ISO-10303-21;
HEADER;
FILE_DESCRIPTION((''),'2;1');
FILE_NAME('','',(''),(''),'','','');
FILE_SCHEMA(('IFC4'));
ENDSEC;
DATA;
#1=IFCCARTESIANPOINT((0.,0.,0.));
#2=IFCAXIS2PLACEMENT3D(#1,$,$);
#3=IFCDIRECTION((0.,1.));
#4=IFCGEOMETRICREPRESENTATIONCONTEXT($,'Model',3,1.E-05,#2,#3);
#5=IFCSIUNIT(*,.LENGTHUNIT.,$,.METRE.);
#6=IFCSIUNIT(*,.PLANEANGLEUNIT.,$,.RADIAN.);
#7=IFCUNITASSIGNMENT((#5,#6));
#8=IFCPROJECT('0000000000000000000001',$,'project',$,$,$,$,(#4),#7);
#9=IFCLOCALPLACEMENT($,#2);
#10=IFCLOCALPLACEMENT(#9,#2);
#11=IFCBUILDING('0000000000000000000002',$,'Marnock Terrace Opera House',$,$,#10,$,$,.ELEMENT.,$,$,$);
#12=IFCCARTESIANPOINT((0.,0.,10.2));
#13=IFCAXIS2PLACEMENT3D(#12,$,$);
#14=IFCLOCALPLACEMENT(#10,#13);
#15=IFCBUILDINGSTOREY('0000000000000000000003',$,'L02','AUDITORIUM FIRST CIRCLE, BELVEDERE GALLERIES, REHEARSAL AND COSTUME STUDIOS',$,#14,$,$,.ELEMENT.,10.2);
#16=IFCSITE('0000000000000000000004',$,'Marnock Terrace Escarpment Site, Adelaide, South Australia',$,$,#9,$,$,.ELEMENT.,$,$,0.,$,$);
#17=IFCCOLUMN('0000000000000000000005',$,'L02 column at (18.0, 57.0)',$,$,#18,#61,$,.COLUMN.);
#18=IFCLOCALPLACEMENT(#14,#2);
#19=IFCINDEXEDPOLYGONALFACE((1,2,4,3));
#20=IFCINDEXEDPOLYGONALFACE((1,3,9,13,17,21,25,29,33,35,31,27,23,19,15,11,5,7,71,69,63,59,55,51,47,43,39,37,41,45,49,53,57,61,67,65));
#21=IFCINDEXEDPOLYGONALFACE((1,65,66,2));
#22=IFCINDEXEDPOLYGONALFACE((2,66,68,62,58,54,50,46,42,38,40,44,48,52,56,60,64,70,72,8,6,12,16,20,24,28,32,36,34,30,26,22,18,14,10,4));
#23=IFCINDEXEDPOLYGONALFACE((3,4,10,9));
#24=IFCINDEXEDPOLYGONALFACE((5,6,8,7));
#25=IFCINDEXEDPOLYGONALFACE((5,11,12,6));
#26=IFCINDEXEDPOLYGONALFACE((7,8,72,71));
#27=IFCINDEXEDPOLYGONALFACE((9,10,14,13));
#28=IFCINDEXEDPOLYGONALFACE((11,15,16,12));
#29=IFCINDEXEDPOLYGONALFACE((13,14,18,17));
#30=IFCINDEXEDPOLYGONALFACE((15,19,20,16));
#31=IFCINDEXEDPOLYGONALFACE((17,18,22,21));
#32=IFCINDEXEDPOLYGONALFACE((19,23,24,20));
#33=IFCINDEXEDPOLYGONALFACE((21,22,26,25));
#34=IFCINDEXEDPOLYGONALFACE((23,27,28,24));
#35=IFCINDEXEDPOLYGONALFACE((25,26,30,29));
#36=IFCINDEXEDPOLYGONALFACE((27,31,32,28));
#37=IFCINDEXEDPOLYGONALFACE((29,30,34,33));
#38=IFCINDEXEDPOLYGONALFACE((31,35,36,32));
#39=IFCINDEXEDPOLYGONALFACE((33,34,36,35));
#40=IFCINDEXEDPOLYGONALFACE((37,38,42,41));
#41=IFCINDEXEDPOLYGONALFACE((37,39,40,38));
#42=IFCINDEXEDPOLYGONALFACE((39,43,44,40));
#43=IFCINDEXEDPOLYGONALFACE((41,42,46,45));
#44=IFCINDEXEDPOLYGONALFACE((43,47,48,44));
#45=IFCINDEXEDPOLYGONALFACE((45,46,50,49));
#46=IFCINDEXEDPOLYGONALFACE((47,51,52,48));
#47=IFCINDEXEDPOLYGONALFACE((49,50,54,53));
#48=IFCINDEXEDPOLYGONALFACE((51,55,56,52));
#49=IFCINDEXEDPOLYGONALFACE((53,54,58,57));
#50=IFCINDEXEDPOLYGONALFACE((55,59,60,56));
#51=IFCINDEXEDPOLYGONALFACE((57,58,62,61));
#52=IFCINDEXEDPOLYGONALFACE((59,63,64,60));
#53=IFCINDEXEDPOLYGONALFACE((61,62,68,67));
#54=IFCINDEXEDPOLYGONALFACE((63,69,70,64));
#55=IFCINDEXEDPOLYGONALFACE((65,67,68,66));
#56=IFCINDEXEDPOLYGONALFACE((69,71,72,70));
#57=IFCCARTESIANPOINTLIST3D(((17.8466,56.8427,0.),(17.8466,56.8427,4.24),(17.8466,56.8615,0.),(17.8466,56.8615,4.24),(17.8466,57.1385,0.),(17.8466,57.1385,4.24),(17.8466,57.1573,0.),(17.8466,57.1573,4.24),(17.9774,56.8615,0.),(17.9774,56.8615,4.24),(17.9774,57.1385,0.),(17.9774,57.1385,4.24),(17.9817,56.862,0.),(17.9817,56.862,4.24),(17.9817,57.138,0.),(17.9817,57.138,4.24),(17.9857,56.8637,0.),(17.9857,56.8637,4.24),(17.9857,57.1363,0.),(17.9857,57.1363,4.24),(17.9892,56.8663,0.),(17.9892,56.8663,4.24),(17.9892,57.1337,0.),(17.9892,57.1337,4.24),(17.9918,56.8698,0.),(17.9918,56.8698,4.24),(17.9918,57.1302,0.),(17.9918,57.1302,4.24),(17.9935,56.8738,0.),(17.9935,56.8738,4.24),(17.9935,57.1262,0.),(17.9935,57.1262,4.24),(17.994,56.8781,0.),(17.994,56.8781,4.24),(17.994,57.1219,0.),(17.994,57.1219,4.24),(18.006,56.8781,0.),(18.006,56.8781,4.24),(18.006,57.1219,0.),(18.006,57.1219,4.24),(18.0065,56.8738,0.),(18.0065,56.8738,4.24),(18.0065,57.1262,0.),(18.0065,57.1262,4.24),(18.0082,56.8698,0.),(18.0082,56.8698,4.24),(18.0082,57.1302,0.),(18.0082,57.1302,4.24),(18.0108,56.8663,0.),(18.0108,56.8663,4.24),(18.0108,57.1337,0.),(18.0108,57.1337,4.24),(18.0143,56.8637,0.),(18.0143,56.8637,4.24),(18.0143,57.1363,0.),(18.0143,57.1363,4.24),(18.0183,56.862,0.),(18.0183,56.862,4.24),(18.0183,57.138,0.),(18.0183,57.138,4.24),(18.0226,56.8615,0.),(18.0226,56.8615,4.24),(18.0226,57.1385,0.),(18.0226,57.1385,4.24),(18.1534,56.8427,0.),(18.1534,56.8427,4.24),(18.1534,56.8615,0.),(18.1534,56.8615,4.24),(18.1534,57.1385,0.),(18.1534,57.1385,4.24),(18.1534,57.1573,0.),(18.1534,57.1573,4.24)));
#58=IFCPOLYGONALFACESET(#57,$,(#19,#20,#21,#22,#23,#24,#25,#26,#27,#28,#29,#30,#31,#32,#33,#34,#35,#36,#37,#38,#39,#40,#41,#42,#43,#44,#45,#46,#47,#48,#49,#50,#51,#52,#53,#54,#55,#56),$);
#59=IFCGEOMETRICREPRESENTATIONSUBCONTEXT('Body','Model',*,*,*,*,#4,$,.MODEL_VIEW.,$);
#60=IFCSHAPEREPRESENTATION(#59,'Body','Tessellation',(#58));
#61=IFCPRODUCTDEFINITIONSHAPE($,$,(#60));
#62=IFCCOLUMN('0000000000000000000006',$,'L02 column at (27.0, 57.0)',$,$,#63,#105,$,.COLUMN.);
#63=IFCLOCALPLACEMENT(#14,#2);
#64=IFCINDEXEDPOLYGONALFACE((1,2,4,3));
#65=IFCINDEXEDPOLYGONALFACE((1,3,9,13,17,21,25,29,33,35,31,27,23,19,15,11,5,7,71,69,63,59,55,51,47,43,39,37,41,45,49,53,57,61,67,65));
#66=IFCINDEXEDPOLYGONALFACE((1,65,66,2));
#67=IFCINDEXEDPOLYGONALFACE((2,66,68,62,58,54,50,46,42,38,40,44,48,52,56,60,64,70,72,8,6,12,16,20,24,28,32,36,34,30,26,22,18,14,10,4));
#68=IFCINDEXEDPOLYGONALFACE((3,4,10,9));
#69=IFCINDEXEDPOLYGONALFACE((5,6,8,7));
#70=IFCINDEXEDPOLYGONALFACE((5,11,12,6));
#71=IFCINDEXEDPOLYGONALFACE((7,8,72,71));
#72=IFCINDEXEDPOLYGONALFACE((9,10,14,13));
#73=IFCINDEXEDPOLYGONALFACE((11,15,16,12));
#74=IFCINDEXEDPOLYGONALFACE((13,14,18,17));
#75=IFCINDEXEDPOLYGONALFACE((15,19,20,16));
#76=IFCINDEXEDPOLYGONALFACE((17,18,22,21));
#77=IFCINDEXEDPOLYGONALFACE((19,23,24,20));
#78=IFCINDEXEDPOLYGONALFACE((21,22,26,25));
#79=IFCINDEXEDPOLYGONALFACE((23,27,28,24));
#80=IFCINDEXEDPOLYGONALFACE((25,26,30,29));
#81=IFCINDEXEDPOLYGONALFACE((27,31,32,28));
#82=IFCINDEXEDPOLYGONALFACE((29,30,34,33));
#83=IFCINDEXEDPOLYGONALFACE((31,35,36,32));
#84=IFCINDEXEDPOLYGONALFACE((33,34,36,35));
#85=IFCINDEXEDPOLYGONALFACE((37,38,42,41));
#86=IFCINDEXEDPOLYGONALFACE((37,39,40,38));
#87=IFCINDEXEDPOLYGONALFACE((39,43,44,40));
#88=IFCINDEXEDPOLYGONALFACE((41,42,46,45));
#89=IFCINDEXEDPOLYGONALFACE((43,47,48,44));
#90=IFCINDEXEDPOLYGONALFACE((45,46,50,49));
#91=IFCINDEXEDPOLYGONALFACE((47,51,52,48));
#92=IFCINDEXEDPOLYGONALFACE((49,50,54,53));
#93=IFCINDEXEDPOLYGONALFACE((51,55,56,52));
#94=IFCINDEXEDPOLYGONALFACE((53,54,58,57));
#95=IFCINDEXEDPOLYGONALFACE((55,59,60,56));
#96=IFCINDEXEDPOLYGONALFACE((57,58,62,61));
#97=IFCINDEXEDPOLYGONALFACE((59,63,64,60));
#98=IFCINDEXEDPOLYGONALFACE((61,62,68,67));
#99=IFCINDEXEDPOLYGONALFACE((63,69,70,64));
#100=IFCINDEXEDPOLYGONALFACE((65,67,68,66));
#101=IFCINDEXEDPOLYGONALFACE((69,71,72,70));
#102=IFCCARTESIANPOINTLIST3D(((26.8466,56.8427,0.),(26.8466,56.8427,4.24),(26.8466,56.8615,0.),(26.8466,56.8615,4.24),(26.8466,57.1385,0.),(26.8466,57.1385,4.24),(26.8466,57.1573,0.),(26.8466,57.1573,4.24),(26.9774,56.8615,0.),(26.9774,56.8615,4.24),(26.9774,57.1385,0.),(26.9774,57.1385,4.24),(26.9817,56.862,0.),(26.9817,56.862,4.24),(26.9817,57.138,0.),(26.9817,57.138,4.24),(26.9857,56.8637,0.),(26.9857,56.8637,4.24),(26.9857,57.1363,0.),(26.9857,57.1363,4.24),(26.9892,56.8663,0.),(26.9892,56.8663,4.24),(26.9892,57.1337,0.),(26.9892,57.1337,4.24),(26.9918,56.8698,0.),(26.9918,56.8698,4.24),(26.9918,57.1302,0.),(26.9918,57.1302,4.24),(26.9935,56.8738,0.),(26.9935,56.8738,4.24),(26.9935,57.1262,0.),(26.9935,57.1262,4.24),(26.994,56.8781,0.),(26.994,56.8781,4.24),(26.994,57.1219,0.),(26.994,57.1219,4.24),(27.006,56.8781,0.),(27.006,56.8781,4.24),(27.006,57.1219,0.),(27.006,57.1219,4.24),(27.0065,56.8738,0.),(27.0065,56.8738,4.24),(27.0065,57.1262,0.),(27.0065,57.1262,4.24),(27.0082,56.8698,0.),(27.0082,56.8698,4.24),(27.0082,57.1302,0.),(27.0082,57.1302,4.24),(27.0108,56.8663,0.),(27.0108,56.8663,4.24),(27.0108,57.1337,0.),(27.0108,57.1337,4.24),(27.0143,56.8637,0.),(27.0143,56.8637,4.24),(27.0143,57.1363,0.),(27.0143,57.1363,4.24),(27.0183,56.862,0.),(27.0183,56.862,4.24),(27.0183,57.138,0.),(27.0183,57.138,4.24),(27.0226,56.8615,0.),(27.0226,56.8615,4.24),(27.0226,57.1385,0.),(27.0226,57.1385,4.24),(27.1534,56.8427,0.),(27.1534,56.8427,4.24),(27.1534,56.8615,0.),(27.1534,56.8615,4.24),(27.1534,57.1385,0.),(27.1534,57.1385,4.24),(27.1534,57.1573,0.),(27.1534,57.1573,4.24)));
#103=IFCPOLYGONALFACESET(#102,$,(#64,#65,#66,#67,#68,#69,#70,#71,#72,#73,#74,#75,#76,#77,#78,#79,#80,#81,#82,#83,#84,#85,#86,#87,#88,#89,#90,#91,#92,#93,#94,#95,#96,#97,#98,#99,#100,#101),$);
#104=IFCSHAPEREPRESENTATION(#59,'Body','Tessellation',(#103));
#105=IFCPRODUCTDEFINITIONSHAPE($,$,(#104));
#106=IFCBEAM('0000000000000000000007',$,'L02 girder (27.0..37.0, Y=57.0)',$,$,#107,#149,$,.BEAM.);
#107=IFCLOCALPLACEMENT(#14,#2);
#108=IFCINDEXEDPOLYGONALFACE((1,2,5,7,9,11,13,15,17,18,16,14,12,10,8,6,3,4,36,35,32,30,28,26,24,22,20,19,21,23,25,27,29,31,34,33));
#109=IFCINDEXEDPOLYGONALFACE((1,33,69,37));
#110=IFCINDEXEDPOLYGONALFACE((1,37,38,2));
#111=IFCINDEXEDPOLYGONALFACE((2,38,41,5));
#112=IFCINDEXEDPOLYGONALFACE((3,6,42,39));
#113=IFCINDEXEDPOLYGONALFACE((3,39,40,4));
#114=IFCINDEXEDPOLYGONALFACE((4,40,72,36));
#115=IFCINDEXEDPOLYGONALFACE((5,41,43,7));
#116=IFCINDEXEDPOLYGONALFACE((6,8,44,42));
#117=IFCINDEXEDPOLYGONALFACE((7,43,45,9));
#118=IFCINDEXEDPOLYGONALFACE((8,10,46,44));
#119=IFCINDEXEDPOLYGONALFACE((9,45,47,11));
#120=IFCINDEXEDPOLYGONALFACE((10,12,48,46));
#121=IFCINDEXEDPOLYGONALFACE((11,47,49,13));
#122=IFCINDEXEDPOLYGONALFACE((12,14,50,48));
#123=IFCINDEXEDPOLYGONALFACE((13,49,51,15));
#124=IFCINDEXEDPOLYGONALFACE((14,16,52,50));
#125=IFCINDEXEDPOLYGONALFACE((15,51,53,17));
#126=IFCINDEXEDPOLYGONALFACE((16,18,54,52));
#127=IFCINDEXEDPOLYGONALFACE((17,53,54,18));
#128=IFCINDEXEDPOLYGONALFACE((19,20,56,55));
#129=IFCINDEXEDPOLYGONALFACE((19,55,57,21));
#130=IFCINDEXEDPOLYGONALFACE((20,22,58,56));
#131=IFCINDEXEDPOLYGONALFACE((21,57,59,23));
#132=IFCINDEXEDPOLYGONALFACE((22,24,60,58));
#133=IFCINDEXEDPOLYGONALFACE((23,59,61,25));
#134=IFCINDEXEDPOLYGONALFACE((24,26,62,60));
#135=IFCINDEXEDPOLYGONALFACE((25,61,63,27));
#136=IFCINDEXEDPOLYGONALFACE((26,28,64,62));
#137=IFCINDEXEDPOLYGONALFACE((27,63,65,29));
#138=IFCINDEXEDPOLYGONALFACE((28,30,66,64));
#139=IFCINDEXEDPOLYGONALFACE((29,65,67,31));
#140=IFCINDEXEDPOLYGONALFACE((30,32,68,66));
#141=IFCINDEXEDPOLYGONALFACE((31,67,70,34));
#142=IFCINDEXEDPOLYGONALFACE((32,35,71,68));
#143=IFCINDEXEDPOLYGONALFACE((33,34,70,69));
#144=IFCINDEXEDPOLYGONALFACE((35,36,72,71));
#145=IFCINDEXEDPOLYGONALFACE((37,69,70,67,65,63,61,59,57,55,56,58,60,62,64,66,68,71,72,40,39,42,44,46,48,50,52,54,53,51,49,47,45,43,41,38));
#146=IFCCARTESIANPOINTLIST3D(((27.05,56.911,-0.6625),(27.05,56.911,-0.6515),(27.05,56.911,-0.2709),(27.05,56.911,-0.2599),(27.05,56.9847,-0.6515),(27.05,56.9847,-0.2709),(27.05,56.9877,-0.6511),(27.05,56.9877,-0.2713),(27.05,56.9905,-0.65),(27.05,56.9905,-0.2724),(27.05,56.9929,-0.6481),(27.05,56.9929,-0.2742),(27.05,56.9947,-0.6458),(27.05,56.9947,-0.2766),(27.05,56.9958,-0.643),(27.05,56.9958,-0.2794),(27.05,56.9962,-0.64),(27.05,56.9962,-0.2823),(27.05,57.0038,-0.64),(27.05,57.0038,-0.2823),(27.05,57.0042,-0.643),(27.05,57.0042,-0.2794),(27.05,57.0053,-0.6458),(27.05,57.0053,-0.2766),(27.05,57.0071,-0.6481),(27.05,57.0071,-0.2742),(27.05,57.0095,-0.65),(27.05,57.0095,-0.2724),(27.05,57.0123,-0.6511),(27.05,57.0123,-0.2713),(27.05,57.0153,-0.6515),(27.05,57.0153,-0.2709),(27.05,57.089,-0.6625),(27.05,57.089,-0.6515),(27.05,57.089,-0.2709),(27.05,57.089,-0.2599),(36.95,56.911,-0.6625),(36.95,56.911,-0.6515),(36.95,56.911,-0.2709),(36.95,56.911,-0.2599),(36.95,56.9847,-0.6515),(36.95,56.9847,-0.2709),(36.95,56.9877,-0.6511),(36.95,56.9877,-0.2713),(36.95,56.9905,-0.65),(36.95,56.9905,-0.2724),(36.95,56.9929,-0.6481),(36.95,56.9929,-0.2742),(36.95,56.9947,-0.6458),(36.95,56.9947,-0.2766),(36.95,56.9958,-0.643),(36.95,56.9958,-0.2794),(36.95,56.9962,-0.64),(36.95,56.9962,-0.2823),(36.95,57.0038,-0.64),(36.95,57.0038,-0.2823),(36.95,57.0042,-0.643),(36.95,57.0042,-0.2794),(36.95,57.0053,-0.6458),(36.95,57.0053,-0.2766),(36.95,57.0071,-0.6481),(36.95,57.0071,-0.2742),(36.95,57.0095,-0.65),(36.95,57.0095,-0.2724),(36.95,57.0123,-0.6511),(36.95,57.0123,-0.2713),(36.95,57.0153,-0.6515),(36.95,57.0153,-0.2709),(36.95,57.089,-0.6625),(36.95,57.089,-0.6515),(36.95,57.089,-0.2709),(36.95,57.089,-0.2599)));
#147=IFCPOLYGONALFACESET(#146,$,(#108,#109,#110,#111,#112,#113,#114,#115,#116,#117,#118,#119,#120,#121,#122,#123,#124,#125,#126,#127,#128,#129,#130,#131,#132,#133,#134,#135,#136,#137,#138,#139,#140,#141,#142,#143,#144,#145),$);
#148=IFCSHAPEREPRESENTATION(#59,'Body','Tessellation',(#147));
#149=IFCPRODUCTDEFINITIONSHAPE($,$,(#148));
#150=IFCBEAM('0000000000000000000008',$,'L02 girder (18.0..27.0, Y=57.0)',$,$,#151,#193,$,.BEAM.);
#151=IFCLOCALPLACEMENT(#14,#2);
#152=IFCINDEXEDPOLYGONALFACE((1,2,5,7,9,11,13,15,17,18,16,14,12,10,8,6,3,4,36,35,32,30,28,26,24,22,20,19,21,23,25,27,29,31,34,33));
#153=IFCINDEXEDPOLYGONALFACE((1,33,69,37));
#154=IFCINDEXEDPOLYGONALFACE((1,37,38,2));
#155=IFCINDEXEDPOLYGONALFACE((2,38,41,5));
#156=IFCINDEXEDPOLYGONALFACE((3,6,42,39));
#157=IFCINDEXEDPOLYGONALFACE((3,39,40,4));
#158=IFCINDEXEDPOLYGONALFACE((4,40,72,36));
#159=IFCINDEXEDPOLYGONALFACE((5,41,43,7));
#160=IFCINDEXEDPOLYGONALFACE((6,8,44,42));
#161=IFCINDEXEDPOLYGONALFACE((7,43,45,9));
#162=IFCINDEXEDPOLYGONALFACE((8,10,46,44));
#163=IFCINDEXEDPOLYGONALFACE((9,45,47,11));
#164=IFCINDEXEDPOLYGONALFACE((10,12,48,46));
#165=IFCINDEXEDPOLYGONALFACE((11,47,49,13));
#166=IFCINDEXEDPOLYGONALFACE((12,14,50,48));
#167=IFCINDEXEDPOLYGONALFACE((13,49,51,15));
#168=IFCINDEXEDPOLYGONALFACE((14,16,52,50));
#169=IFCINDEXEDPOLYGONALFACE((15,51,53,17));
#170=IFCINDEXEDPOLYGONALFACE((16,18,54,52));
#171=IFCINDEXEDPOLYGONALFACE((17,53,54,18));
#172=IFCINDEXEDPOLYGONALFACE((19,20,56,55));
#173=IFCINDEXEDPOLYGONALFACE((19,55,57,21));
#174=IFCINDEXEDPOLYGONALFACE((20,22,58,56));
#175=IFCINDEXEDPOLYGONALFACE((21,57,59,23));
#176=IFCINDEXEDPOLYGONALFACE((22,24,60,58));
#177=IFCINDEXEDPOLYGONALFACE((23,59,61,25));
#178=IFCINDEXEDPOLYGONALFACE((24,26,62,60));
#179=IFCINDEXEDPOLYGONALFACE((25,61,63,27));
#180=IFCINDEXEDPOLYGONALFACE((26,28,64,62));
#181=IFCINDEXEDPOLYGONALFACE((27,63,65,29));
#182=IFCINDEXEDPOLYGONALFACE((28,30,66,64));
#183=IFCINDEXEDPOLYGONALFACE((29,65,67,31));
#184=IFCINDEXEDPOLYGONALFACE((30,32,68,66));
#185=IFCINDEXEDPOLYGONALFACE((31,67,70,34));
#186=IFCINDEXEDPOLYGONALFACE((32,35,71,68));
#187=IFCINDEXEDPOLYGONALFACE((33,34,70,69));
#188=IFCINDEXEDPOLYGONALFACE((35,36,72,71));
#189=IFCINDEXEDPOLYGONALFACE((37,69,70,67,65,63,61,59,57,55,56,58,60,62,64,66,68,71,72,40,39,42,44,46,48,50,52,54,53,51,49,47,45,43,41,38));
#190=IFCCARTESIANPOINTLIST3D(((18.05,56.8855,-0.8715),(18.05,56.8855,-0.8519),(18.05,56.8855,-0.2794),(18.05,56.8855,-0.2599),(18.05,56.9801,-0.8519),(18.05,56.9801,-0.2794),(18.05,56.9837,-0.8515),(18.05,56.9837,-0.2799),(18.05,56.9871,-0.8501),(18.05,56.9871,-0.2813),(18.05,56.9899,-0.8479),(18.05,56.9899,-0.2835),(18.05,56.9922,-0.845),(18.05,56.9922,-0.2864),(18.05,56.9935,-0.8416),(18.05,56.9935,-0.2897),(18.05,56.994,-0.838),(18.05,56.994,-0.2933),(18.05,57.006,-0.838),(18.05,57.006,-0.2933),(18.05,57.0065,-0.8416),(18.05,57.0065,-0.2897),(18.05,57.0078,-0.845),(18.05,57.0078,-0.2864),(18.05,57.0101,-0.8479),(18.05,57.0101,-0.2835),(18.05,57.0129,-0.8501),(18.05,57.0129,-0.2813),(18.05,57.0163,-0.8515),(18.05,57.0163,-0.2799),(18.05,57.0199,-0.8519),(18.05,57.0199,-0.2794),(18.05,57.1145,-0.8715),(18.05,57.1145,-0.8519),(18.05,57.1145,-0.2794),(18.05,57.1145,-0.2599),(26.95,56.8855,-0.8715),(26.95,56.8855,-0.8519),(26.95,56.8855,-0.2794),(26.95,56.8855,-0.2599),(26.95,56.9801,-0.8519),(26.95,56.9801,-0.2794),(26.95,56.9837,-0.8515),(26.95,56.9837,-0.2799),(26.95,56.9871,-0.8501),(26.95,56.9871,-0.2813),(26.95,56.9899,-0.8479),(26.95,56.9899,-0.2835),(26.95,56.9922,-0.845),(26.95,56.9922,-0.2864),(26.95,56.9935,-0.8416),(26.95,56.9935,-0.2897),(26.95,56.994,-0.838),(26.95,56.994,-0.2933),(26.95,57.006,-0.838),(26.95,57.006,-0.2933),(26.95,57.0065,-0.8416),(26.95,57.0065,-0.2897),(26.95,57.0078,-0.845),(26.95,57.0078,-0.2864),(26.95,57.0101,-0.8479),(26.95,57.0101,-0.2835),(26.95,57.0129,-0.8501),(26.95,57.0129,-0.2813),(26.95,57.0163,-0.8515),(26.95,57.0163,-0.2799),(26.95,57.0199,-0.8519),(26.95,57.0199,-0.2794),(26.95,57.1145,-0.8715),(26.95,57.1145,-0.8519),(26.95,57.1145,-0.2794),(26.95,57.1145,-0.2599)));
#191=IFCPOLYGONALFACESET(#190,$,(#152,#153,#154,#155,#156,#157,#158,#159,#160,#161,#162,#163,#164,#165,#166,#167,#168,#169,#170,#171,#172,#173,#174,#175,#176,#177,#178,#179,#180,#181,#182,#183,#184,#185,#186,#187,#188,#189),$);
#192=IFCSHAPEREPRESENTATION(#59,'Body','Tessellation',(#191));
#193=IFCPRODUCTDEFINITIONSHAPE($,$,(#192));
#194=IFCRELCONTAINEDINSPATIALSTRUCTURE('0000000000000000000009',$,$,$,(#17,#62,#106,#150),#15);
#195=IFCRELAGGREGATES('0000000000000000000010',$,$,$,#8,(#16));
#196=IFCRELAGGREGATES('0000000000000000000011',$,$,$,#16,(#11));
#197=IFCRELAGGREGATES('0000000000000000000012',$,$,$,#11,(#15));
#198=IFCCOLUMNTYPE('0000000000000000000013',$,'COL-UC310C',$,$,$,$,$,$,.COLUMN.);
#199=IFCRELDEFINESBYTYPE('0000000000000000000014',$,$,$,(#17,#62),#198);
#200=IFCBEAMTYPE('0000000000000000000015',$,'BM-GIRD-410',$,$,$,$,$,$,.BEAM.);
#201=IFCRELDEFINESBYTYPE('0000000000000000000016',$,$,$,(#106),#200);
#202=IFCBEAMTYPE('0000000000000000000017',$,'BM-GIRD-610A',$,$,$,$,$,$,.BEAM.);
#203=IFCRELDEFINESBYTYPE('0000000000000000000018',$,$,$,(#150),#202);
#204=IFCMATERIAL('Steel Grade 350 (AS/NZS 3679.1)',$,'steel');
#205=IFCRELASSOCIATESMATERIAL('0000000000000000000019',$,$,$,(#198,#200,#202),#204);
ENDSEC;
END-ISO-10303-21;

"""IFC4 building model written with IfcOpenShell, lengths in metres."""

from ifc_helpers import new_model, si_unit, direction, frame, origin, origin_2d, place, context, subcontext, project, spatial, i_section, extrude, material, material_profile, profile_set, type_object, element, save


model = new_model("IFC4")

# Units and contexts
model_context = context("Model", 3, precision=1e-05, world=origin(), true_north=direction((0.0, 1.0)))
body_context = subcontext(model_context, "Body", "Model", "MODEL_VIEW")
ifc_project = project(units=[si_unit("LENGTHUNIT", "METRE"), si_unit("PLANEANGLEUNIT", "RADIAN")], contexts=[model_context])

# Site, building, storey
site_placement = place(None, origin())
site = spatial("IfcSite", under=ifc_project, at=site_placement, Name="Marnock Terrace Escarpment Site, Adelaide, South Australia", CompositionType="ELEMENT", RefElevation=0.0)
building_placement = place(site_placement, origin())
building = spatial("IfcBuilding", under=site, at=building_placement, Name="Marnock Terrace Opera House", CompositionType="ELEMENT")
storey_placement = place(building_placement, frame((0.0, 0.0, 10.2)))
storey = spatial("IfcBuildingStorey", under=building, at=storey_placement, Name="L02", Description="AUDITORIUM FIRST CIRCLE, BELVEDERE GALLERIES, REHEARSAL AND COSTUME STUDIOS", CompositionType="ELEMENT", Elevation=10.2)

# Columns
ifc_material_1 = material(Name="Steel Grade 350 (AS/NZS 3679.1)", Category="steel")
ifc_material_profile_1 = material_profile(ifc_material_1, i_section(OverallWidth=0.3069, OverallDepth=0.3147, WebThickness=0.012, FlangeThickness=0.0188, FilletRadius=0.0166, at=origin_2d()))
ifc_profile_set_1 = profile_set([ifc_material_profile_1], Name="Steel Grade 350 (AS/NZS 3679.1)")
column_type = type_object("IfcColumnType", Name="COL-UC310C", PredefinedType="COLUMN", material=ifc_profile_set_1)
for number, where, z_axis, x_axis, name in (
    (1, (18.0, 57.0, 0.0), (0.0, 0.0, 1.0), (1.0, 0.0, 0.0), "L02 column at (18.0, 57.0)"),
    (2, (27.0, 57.0, 0.0), (0.0, 0.0, 1.0), (1.0, 0.0, 0.0), "L02 column at (27.0, 57.0)"),
):
    element("IfcColumn", number, at=place(storey_placement, frame(where, z_axis=z_axis, x_axis=x_axis)), inside=storey, type_object=column_type, Name=name, PredefinedType="COLUMN", context=body_context, shape_type="SweptSolid", body=[
        extrude(i_section(OverallWidth=0.3069, OverallDepth=0.3147, WebThickness=0.012, FlangeThickness=0.0188, FilletRadius=0.0166, at=origin_2d()), origin(), (0.0, 0.0, 1.0), 4.24),
    ])

# Beams
ifc_material_profile_2 = material_profile(ifc_material_1, i_section(OverallWidth=0.178, OverallDepth=0.4026, WebThickness=0.0076, FlangeThickness=0.011, FilletRadius=0.0115, at=origin_2d()))
ifc_profile_set_2 = profile_set([ifc_material_profile_2], Name="Steel Grade 350 (AS/NZS 3679.1)")
beam_type_1 = type_object("IfcBeamType", Name="BM-GIRD-410", PredefinedType="BEAM", material=ifc_profile_set_2)
beam_1_placement = place(storey_placement, frame((27.05, 57.0, -0.4612), z_axis=(1.0, 0.0, 0.0), x_axis=(0.0, 1.0, 0.0)))
element("IfcBeam", 3, at=beam_1_placement, inside=storey, type_object=beam_type_1, Name="L02 girder (27.0..37.0, Y=57.0)", PredefinedType="BEAM", context=body_context, shape_type="SweptSolid", body=[
    extrude(i_section(OverallWidth=0.178, OverallDepth=0.4026, WebThickness=0.0076, FlangeThickness=0.011, FilletRadius=0.0115, at=origin_2d()), origin(), (0.0, 0.0, 1.0), 9.8999),
])
ifc_material_profile_3 = material_profile(ifc_material_1, i_section(OverallWidth=0.229, OverallDepth=0.6116, WebThickness=0.012, FlangeThickness=0.0195, FilletRadius=0.0139, at=origin_2d()))
ifc_profile_set_3 = profile_set([ifc_material_profile_3], Name="Steel Grade 350 (AS/NZS 3679.1)")
beam_type_2 = type_object("IfcBeamType", Name="BM-GIRD-610A", PredefinedType="BEAM", material=ifc_profile_set_3)
beam_2_placement = place(storey_placement, frame((18.05, 57.0, -0.5657), z_axis=(1.0, 0.0, 0.0), x_axis=(0.0, 1.0, 0.0)))
element("IfcBeam", 4, at=beam_2_placement, inside=storey, type_object=beam_type_2, Name="L02 girder (18.0..27.0, Y=57.0)", PredefinedType="BEAM", context=body_context, shape_type="SweptSolid", body=[
    extrude(i_section(OverallWidth=0.229, OverallDepth=0.6116, WebThickness=0.012, FlangeThickness=0.0195, FilletRadius=0.0139, at=origin_2d()), origin(), (0.0, 0.0, 1.0), 8.8999),
])

save(model, "model.ifc")
